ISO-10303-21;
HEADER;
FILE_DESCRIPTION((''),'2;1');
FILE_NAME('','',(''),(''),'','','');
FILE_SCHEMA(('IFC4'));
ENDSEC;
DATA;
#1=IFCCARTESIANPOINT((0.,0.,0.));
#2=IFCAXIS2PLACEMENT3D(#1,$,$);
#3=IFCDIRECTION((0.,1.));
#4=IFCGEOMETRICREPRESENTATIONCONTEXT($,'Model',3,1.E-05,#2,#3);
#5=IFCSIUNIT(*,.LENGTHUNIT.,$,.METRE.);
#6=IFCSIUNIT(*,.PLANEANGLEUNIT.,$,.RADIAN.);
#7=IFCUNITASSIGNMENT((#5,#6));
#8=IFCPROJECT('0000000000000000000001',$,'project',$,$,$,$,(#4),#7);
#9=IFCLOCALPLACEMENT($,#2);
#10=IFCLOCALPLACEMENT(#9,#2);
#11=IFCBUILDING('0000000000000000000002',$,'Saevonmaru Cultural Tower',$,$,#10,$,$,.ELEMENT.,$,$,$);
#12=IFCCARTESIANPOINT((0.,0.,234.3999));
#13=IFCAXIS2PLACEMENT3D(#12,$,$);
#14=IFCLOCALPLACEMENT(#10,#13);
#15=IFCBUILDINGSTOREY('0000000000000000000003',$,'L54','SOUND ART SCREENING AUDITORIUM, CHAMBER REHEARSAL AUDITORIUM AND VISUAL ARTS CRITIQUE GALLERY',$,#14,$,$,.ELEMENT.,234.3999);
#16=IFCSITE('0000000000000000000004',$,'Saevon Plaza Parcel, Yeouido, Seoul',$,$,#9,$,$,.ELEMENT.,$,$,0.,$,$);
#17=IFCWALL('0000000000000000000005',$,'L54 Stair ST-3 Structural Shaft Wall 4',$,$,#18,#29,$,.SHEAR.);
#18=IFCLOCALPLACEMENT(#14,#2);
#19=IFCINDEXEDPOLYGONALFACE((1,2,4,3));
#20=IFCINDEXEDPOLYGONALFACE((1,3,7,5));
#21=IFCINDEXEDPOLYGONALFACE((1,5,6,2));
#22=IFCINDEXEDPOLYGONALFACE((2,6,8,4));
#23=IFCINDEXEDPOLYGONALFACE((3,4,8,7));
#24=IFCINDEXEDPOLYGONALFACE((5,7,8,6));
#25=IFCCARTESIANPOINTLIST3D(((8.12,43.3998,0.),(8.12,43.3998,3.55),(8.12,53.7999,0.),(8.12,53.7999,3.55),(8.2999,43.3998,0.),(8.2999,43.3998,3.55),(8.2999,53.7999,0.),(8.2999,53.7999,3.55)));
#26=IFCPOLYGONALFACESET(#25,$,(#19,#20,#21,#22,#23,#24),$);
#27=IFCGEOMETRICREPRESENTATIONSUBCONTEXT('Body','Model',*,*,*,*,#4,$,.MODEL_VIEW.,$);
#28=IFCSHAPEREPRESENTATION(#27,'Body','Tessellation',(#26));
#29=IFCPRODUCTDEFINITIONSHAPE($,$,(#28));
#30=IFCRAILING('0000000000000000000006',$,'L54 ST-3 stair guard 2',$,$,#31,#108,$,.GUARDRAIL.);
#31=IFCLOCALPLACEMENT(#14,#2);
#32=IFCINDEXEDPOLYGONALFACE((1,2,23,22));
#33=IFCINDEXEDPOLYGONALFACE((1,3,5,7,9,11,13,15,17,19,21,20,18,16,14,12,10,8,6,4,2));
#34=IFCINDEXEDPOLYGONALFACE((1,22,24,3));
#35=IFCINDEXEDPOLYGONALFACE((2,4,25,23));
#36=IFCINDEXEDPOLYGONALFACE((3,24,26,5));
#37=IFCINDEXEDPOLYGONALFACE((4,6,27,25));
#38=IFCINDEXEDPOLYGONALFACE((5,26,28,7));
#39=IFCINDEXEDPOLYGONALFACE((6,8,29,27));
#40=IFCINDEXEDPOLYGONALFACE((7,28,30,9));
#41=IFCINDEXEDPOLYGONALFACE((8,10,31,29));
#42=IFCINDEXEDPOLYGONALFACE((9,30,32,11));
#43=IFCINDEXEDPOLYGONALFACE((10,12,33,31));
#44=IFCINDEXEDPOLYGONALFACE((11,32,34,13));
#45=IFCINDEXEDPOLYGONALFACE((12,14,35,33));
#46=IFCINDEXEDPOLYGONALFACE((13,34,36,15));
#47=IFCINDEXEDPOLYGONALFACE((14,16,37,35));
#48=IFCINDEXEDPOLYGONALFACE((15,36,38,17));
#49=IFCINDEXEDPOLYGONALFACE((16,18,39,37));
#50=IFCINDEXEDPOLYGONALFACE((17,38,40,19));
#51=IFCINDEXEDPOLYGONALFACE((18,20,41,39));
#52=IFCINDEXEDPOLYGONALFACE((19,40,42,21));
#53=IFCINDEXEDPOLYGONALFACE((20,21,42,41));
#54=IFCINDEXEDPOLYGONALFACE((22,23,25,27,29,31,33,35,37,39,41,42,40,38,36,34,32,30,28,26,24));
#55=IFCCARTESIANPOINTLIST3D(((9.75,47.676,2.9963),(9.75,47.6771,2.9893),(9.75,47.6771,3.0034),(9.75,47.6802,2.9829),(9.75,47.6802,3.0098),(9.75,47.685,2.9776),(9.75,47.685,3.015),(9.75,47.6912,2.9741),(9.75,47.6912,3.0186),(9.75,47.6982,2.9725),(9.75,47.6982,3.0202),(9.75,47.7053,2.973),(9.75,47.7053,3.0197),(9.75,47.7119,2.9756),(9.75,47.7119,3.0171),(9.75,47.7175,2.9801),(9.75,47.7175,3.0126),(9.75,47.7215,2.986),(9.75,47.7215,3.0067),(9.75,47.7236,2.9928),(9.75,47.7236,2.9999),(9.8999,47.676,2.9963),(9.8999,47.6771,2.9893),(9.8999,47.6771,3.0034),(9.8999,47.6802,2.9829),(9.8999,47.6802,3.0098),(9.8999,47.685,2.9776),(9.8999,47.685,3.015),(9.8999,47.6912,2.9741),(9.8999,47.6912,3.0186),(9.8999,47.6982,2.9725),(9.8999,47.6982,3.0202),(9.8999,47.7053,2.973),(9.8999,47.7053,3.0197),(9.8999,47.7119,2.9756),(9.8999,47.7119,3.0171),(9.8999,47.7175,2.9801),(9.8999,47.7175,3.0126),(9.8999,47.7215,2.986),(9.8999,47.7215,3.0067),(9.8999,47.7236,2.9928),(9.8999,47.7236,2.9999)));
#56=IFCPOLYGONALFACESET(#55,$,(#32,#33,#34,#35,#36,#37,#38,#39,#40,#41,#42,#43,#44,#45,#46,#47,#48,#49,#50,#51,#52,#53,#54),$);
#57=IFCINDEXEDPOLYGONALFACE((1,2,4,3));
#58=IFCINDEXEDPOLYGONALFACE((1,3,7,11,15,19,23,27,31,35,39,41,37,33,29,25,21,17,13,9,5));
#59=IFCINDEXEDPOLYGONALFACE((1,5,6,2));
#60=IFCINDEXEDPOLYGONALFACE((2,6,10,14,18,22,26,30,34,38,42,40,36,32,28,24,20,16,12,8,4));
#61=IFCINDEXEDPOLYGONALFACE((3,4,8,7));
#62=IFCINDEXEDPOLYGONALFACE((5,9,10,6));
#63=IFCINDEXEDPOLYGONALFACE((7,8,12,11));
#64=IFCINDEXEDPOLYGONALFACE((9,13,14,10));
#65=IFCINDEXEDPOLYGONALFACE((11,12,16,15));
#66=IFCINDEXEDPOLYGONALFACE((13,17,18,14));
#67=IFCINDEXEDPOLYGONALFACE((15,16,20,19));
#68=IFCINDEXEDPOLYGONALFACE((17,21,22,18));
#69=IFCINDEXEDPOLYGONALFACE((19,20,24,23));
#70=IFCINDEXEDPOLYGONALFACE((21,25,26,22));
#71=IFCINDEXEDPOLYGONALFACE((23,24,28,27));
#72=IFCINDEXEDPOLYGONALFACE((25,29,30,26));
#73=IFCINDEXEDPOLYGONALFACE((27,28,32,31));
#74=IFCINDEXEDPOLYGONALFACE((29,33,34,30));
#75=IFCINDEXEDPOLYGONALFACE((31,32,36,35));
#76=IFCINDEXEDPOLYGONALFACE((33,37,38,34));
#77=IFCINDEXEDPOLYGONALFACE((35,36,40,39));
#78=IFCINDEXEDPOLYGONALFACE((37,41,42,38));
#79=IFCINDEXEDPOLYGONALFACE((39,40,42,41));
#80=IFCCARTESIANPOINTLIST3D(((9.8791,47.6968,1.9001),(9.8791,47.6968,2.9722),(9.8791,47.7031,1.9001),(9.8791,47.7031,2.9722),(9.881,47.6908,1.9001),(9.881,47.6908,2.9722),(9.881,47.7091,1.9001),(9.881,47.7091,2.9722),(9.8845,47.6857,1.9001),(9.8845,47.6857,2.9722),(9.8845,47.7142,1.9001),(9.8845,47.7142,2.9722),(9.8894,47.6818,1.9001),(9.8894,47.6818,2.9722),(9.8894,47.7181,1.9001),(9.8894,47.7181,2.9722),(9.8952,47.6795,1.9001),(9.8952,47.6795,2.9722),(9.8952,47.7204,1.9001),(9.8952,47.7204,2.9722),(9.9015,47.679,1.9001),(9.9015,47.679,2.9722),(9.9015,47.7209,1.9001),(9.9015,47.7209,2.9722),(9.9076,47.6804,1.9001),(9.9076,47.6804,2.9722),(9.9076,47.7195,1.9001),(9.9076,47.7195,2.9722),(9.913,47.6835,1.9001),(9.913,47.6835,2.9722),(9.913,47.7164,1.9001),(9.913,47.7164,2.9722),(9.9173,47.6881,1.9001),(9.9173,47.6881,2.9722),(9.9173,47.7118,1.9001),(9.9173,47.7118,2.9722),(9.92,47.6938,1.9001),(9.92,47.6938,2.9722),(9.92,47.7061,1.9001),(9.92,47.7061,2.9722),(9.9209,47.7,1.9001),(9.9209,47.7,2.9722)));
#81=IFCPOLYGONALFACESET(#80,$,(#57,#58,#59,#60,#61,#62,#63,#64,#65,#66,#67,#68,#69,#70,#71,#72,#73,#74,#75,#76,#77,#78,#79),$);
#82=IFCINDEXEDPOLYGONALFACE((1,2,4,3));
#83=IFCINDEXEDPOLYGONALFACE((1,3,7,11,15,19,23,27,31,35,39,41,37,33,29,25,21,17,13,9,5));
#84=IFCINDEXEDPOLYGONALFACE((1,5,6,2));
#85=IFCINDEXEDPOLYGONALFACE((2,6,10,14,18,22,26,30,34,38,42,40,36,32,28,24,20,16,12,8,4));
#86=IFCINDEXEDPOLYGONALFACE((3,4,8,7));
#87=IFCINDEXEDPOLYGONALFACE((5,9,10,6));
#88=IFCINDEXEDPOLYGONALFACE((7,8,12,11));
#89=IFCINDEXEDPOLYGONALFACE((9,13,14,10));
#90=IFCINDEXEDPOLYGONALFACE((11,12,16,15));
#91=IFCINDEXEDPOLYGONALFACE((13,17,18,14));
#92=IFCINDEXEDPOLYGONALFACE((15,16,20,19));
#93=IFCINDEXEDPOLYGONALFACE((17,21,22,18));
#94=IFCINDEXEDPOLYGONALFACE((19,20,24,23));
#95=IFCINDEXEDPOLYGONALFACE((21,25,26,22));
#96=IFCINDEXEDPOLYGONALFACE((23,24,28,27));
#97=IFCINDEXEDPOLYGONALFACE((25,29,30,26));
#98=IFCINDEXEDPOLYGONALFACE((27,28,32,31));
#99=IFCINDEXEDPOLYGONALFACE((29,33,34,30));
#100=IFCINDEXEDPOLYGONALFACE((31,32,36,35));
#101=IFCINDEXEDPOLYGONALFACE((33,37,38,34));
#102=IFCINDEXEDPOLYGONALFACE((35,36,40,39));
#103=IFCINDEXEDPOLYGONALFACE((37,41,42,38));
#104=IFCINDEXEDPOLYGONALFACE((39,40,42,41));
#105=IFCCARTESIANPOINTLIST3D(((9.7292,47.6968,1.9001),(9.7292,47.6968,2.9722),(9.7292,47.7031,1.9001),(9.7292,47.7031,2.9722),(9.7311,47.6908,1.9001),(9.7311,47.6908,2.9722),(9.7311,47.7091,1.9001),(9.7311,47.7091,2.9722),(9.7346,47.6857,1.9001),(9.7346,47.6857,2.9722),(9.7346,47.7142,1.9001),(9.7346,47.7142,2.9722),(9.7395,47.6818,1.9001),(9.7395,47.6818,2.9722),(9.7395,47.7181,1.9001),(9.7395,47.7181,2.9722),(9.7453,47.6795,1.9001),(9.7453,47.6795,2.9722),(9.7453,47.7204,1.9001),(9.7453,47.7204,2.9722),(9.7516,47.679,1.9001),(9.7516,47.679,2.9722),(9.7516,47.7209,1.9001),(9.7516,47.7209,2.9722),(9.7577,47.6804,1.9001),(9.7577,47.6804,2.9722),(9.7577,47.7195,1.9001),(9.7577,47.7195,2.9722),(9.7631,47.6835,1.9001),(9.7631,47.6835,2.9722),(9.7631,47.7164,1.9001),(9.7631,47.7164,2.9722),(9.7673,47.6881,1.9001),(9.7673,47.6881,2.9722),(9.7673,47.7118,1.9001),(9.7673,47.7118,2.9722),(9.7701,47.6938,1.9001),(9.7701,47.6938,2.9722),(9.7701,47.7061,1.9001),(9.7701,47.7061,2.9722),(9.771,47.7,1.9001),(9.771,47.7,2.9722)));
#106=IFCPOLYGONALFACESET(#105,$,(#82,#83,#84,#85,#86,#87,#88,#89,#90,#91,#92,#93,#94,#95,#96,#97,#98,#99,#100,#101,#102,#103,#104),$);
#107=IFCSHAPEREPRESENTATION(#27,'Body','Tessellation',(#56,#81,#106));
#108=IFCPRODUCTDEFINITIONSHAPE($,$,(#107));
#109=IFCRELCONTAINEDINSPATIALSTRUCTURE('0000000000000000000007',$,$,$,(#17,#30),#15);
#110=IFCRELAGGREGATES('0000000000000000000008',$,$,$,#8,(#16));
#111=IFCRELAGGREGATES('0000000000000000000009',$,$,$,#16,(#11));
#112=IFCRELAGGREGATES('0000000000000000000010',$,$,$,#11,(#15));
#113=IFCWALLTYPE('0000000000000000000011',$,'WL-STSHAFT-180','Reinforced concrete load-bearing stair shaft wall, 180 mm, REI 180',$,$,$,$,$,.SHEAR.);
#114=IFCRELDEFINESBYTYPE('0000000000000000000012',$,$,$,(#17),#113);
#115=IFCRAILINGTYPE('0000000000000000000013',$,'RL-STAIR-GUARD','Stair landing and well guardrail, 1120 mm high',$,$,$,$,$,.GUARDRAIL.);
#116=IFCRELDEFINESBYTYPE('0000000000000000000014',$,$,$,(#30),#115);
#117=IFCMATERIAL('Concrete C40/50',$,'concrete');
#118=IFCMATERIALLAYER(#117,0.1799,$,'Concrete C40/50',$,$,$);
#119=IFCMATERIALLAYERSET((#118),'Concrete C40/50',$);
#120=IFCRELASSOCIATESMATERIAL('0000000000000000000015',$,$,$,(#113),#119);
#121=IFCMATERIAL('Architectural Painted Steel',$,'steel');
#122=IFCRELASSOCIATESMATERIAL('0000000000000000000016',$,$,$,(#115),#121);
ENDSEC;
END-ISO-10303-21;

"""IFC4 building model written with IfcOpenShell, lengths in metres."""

from ifc_helpers import new_model, si_unit, direction, frame, frame_2d, origin, origin_2d, place, context, subcontext, project, spatial, rectangle, circle, extrude, material, layer, layer_set, type_object, element, save


model = new_model("IFC4")

# Units and contexts
model_context = context("Model", 3, precision=1e-05, world=origin(), true_north=direction((0.0, 1.0)))
body_context = subcontext(model_context, "Body", "Model", "MODEL_VIEW")
ifc_project = project(units=[si_unit("LENGTHUNIT", "METRE"), si_unit("PLANEANGLEUNIT", "RADIAN")], contexts=[model_context])

# Site, building, storey
site_placement = place(None, origin())
site = spatial("IfcSite", under=ifc_project, at=site_placement, Name="Saevon Plaza Parcel, Yeouido, Seoul", CompositionType="ELEMENT", RefElevation=0.0)
building_placement = place(site_placement, origin())
building = spatial("IfcBuilding", under=site, at=building_placement, Name="Saevonmaru Cultural Tower", CompositionType="ELEMENT")
storey_placement = place(building_placement, frame((0.0, 0.0, 234.3999)))
storey = spatial("IfcBuildingStorey", under=building, at=storey_placement, Name="L54", Description="SOUND ART SCREENING AUDITORIUM, CHAMBER REHEARSAL AUDITORIUM AND VISUAL ARTS CRITIQUE GALLERY", CompositionType="ELEMENT", Elevation=234.3999)

# Wall
ifc_material_1 = material(Name="Concrete C40/50", Category="concrete")
ifc_layer_1 = layer(ifc_material_1, 0.1799, Name="Concrete C40/50")
ifc_layer_set_1 = layer_set([ifc_layer_1], Name="Concrete C40/50")
wall_type_1 = type_object("IfcWallType", Name="WL-STSHAFT-180", Description="Reinforced concrete load-bearing stair shaft wall, 180 mm, REI 180", PredefinedType="SHEAR", material=ifc_layer_set_1)
wall_1_placement = place(storey_placement, frame((8.21, 53.8, 0.0), z_axis=(0.0, 0.0, 1.0), x_axis=(0.0, -1.0, 0.0)))
element("IfcWall", 1, at=wall_1_placement, inside=storey, type_object=wall_type_1, Name="L54 Stair ST-3 Structural Shaft Wall 4", PredefinedType="SHEAR", context=body_context, shape_type="SweptSolid", body=[
    extrude(rectangle(XDim=10.4001, YDim=0.1799, at=frame_2d((5.2002, 0.0))), origin(), (0.0, 0.0, 1.0), 3.55),
])

# Railing
ifc_material_2 = material(Name="Architectural Painted Steel", Category="steel")
railing_type = type_object("IfcRailingType", Name="RL-STAIR-GUARD", Description="Stair landing and well guardrail, 1120 mm high", PredefinedType="GUARDRAIL", material=ifc_material_2)
railing_placement = place(storey_placement, frame((9.8999, 47.7, 1.9001)))
element("IfcRailing", 2, at=railing_placement, inside=storey, type_object=railing_type, Name="L54 ST-3 stair guard 2", PredefinedType="GUARDRAIL", context=body_context, shape_type="SweptSolid", body=[
    extrude(circle(Radius=0.0239, at=origin_2d()), frame((0.0, 0.0, 1.0962), z_axis=(-1.0, 0.0, 0.0), x_axis=(0.0, -1.0, 0.0)), (0.0, 0.0, 1.0), 0.1499),
    extrude(circle(Radius=0.021, at=origin_2d()), origin(), (0.0, 0.0, 1.0), 1.072),
    extrude(circle(Radius=0.021, at=origin_2d()), frame((-0.1499, 0.0, 0.0)), (0.0, 0.0, 1.0), 1.072),
])

save(model, "model.ifc")
